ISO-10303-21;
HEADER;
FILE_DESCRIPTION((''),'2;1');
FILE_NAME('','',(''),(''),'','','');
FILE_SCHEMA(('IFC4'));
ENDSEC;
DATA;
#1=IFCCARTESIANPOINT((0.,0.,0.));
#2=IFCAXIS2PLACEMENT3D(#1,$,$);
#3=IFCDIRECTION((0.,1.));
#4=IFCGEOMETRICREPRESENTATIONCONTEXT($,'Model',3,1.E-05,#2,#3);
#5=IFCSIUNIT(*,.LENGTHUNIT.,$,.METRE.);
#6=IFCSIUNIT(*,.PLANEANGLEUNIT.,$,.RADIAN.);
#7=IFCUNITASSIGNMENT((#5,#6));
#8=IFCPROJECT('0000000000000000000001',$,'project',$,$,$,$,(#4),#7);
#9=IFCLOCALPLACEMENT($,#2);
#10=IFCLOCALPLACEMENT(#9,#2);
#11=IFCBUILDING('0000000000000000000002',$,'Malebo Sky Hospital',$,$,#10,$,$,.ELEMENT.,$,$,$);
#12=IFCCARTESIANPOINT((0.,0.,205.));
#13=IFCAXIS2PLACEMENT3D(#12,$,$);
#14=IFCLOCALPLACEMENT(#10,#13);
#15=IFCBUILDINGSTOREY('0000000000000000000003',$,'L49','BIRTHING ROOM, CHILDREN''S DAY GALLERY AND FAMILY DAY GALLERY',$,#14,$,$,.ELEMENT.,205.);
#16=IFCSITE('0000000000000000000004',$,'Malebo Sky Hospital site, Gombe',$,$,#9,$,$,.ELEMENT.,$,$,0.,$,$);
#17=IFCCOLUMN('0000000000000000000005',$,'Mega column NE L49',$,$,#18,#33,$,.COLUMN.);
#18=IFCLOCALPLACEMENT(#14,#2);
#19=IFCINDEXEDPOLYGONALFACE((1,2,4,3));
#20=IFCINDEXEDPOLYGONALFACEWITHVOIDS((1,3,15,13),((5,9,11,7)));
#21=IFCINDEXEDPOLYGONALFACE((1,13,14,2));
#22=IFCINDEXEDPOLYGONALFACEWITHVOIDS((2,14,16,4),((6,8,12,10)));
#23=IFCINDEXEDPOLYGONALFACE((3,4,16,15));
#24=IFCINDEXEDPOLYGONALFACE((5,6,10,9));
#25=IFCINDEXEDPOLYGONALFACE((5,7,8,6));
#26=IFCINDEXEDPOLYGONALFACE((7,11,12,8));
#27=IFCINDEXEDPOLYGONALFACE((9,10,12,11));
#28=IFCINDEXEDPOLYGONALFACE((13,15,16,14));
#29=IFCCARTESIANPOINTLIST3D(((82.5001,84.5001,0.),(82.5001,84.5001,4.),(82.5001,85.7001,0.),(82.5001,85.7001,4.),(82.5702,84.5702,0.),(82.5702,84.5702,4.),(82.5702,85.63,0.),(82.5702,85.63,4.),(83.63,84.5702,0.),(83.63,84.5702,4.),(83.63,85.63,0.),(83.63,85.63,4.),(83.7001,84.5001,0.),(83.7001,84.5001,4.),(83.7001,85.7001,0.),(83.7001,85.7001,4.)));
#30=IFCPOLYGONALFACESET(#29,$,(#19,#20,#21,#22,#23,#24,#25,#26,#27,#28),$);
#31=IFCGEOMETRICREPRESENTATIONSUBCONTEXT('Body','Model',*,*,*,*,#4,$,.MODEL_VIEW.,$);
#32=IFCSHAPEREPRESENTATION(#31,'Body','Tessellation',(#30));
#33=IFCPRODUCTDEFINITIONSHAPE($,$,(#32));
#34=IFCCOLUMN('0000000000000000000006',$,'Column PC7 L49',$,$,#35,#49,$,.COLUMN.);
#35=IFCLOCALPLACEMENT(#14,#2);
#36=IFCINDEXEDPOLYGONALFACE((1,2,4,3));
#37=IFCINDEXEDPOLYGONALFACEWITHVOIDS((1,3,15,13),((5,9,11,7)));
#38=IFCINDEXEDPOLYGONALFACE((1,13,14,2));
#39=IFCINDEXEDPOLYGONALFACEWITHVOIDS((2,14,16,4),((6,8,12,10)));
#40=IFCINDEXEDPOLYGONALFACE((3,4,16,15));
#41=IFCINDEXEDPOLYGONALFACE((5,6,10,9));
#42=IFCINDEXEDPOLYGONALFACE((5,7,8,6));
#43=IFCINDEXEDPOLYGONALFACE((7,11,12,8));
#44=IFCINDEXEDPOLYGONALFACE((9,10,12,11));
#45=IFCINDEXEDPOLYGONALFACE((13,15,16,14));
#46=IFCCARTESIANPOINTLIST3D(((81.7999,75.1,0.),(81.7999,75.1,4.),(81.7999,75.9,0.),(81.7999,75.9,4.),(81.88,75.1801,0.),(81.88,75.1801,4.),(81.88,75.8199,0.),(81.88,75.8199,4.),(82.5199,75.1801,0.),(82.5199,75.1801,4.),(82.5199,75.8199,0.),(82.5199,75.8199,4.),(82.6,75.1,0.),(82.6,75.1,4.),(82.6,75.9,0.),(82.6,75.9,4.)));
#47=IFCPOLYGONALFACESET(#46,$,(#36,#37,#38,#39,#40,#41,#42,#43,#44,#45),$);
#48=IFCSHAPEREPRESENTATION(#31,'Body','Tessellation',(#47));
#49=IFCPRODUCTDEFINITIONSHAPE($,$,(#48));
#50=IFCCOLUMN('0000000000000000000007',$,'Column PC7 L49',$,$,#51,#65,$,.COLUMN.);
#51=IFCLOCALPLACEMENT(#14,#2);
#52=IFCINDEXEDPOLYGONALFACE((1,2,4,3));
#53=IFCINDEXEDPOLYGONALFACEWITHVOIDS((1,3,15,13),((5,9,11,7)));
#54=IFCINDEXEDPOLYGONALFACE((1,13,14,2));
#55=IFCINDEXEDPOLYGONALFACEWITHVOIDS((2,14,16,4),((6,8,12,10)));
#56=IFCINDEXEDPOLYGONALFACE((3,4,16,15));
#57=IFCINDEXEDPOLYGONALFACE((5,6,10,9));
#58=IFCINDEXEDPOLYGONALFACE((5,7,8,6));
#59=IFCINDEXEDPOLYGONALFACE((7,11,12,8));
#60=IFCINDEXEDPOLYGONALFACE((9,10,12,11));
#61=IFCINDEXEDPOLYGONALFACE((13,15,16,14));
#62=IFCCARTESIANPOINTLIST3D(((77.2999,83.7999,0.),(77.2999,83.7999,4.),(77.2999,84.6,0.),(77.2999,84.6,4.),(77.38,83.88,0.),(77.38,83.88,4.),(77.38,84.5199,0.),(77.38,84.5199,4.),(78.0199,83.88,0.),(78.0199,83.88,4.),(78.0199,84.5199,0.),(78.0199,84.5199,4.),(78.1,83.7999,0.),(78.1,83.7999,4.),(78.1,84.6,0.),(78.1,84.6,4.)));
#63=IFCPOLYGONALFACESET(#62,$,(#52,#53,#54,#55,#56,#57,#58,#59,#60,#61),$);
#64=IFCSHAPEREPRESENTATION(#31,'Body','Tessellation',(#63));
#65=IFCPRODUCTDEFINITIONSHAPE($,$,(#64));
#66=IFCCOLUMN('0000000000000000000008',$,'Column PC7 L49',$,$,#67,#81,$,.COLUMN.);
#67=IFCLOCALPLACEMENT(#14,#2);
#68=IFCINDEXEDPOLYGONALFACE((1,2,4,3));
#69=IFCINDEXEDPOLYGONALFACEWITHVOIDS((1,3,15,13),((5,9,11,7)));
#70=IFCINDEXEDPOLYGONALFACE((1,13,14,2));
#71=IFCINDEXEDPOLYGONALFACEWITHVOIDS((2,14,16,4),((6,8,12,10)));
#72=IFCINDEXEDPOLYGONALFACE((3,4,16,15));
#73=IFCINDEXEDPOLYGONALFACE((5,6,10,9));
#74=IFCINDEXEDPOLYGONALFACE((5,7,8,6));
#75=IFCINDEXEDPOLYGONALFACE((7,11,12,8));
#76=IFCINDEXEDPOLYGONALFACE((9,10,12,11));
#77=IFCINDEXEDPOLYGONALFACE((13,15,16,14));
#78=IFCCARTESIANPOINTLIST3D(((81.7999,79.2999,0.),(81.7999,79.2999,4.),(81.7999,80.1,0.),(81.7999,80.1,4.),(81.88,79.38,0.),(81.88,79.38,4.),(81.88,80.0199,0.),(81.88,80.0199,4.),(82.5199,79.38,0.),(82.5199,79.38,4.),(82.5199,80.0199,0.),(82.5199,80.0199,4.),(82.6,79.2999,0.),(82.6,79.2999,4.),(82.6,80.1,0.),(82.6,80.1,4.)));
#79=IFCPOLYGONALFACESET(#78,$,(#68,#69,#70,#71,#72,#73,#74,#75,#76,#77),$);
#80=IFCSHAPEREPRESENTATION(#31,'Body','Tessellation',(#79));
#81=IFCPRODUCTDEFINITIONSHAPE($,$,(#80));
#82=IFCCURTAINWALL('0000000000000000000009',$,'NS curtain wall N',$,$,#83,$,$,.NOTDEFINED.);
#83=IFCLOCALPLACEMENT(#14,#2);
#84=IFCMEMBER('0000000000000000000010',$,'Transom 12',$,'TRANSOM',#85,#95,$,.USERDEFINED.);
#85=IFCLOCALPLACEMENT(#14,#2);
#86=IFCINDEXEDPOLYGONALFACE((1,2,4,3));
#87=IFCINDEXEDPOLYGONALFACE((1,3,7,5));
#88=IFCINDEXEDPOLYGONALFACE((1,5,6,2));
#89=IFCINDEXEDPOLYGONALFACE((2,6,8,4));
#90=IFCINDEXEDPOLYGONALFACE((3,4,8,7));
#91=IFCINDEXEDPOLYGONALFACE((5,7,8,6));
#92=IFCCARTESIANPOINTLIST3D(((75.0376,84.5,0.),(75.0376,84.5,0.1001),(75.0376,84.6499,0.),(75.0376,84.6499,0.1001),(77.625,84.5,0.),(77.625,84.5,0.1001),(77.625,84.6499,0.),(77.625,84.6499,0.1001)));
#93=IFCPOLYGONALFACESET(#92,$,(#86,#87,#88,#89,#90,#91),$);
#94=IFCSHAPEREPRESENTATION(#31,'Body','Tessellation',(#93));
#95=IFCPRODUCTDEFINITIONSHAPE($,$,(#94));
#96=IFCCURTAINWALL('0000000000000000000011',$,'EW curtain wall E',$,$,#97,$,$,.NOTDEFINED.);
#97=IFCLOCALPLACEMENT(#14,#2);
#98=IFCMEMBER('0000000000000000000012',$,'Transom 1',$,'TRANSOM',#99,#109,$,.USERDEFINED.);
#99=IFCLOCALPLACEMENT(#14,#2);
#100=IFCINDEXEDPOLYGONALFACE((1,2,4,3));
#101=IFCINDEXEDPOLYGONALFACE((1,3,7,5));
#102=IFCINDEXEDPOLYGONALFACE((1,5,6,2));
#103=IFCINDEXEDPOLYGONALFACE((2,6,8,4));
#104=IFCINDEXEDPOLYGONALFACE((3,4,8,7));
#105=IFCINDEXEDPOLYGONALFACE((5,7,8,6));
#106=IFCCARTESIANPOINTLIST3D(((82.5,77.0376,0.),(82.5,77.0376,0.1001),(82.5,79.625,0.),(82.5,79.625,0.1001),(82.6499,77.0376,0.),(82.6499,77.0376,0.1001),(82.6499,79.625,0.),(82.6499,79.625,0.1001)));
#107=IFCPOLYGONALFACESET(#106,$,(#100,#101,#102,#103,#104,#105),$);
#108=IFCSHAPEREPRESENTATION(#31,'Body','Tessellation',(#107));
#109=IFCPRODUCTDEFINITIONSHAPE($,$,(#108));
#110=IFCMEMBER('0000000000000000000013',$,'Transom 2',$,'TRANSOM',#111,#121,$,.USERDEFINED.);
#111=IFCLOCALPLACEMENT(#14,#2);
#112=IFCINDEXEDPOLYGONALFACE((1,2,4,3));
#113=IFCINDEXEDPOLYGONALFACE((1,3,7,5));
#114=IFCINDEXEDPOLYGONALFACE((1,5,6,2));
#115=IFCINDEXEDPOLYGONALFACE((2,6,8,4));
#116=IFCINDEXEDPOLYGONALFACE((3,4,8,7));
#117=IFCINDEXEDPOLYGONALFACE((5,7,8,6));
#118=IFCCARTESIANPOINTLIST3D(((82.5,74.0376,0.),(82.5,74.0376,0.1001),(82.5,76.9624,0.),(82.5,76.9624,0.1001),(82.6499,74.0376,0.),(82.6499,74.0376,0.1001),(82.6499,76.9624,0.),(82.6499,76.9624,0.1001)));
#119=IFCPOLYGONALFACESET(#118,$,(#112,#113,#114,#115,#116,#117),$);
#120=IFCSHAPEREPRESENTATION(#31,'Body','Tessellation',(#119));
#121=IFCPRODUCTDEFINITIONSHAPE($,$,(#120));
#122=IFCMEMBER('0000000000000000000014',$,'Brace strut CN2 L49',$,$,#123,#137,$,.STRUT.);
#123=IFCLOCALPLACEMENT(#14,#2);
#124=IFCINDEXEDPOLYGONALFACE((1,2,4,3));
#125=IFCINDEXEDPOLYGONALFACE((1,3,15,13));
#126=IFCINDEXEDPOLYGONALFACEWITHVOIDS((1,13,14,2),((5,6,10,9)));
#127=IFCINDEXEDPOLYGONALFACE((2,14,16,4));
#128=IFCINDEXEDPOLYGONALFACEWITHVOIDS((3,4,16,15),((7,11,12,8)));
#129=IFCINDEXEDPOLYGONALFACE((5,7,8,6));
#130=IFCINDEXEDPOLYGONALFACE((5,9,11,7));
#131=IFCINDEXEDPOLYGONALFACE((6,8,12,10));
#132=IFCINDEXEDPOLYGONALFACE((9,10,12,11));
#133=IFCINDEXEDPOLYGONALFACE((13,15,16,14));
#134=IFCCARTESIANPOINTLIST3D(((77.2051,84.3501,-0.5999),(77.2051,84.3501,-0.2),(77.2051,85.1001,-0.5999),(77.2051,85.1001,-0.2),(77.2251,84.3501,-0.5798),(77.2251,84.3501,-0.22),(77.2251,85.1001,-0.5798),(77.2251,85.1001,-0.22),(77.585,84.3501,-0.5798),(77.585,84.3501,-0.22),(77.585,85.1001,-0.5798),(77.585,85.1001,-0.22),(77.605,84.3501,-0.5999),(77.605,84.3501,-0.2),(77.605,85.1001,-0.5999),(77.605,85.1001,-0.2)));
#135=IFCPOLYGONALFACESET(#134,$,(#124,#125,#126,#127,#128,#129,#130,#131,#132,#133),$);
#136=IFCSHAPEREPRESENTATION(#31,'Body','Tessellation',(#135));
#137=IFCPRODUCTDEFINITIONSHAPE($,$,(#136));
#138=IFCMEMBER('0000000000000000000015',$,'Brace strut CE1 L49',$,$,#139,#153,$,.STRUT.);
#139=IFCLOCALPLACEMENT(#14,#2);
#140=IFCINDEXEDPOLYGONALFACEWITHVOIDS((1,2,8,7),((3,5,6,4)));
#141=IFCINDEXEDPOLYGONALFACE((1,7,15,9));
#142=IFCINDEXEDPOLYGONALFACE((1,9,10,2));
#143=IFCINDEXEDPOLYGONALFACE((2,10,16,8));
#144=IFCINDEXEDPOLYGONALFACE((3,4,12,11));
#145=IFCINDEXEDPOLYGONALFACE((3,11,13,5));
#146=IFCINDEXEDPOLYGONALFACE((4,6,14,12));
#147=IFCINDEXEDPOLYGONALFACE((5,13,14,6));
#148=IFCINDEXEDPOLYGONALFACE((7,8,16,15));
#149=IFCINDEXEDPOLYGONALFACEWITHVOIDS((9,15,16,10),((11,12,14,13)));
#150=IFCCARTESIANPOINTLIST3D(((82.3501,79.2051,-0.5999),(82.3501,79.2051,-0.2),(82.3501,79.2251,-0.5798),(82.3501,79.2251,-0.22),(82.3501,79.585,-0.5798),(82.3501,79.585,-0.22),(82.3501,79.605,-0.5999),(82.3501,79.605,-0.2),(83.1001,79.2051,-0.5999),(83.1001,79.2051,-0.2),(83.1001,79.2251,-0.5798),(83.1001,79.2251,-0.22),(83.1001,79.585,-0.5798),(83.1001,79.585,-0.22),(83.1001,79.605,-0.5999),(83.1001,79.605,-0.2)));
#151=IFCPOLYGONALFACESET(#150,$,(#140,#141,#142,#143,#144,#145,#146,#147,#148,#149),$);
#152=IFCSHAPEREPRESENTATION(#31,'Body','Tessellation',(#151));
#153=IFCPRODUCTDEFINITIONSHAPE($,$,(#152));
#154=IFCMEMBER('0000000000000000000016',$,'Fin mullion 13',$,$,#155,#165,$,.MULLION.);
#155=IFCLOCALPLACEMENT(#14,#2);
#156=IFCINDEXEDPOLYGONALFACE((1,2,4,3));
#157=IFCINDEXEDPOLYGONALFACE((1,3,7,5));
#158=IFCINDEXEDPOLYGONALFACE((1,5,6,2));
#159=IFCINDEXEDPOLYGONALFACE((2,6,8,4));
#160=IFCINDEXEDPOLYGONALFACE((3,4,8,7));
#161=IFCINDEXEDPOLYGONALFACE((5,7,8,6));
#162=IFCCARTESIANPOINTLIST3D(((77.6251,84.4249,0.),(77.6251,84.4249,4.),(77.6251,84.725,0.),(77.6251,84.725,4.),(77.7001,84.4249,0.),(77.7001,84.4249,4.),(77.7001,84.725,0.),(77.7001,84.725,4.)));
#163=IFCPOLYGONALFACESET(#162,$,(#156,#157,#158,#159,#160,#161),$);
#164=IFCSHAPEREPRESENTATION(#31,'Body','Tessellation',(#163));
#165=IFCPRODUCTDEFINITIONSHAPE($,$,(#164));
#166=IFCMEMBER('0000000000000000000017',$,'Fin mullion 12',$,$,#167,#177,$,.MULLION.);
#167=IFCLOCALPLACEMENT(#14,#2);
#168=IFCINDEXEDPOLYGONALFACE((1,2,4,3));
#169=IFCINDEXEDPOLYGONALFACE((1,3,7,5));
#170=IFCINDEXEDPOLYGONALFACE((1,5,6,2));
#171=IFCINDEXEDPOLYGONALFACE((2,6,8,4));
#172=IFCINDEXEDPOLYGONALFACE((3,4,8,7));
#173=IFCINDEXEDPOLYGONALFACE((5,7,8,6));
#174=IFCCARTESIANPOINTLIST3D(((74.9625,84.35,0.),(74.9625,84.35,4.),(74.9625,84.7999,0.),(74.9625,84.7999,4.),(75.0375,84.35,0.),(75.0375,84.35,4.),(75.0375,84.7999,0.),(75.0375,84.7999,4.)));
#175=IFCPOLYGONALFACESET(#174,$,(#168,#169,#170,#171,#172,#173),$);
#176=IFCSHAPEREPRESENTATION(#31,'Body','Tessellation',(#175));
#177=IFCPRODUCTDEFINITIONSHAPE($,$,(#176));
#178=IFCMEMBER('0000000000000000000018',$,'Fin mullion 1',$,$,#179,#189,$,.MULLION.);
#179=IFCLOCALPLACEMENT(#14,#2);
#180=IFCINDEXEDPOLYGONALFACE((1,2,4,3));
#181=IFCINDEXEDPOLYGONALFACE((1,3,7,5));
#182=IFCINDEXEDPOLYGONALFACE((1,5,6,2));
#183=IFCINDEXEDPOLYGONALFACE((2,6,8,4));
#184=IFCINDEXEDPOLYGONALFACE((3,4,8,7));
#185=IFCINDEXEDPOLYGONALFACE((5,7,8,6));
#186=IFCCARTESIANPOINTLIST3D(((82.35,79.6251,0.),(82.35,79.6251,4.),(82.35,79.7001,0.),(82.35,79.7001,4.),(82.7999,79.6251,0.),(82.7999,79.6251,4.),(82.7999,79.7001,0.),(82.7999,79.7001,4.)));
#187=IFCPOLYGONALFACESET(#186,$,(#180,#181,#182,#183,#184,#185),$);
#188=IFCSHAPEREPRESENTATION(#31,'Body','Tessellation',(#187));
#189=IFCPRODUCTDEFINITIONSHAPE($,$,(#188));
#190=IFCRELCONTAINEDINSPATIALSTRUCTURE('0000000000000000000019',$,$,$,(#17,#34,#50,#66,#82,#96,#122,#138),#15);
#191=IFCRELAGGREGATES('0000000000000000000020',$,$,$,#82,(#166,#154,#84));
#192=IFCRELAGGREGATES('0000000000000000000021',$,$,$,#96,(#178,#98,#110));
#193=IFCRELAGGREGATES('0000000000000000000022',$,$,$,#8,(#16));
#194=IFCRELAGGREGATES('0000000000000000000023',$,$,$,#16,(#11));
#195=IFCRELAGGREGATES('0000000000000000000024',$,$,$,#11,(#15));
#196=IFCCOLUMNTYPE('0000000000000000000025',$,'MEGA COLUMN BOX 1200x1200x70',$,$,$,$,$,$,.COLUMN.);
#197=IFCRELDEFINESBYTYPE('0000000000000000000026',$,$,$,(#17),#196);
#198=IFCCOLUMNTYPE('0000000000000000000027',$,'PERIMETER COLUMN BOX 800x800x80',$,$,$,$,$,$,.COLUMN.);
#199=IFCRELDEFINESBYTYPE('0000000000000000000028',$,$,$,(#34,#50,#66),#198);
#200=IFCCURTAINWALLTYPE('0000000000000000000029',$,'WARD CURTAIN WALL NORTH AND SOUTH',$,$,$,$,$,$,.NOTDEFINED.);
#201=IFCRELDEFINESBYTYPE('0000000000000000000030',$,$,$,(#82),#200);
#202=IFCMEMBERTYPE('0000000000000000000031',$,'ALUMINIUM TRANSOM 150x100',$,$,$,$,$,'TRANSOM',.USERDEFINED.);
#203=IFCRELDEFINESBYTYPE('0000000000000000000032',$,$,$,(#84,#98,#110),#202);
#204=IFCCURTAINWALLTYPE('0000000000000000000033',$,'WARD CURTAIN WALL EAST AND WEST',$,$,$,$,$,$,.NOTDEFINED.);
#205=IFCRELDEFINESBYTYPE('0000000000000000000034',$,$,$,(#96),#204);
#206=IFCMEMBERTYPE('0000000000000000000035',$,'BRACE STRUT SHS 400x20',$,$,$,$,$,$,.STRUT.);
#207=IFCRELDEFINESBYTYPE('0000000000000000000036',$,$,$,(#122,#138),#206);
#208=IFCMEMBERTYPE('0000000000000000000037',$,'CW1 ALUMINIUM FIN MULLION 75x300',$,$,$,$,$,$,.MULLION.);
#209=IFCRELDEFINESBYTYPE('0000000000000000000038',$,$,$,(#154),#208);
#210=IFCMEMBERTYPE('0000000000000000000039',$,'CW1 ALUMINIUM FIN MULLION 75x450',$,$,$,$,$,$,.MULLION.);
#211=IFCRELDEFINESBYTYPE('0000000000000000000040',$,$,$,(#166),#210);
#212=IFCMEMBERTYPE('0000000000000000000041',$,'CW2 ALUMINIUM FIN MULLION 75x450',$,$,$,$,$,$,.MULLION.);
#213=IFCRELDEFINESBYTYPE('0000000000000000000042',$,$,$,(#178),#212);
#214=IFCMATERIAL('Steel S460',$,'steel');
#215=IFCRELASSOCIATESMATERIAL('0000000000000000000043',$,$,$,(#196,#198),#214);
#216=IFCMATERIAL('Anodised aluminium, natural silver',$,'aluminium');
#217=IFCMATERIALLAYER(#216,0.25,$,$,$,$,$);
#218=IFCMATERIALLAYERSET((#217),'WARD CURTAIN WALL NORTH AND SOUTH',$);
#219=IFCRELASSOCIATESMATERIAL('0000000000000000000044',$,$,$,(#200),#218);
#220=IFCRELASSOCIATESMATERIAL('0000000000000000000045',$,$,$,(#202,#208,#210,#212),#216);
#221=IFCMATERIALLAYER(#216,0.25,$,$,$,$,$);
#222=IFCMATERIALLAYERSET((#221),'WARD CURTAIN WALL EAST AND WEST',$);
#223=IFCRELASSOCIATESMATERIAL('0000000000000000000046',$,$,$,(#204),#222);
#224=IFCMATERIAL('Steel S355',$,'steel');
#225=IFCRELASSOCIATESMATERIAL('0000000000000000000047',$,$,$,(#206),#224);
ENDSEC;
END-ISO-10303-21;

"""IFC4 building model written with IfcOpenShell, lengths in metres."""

from ifc_helpers import new_model, si_unit, direction, frame, origin, origin_2d, place, context, subcontext, project, spatial, rectangle, hollow_rectangle, extrude, material, layer, layer_set, material_profile, profile_set, type_object, element, aggregate, save


model = new_model("IFC4")

# Units and contexts
model_context = context("Model", 3, precision=1e-05, world=origin(), true_north=direction((0.0, 1.0)))
body_context = subcontext(model_context, "Body", "Model", "MODEL_VIEW")
ifc_project = project(units=[si_unit("LENGTHUNIT", "METRE"), si_unit("PLANEANGLEUNIT", "RADIAN")], contexts=[model_context])

# Site, building, storey
site_placement = place(None, origin())
site = spatial("IfcSite", under=ifc_project, at=site_placement, Name="Malebo Sky Hospital site, Gombe", CompositionType="ELEMENT", RefElevation=0.0)
building_placement = place(site_placement, origin())
building = spatial("IfcBuilding", under=site, at=building_placement, Name="Malebo Sky Hospital", CompositionType="ELEMENT")
storey_placement = place(building_placement, frame((0.0, 0.0, 205.0)))
storey = spatial("IfcBuildingStorey", under=building, at=storey_placement, Name="L49", Description="BIRTHING ROOM, CHILDREN'S DAY GALLERY AND FAMILY DAY GALLERY", CompositionType="ELEMENT", Elevation=205.0)

# Columns
ifc_material_1 = material(Name="Steel S460", Category="steel")
ifc_material_profile_1 = material_profile(ifc_material_1, hollow_rectangle(XDim=1.2, YDim=1.2, WallThickness=0.0701, at=origin_2d()), Name="BOX 1200x1200x70")
ifc_profile_set_1 = profile_set([ifc_material_profile_1], Name="Steel S460")
column_type_1 = type_object("IfcColumnType", Name="MEGA COLUMN BOX 1200x1200x70", PredefinedType="COLUMN", material=ifc_profile_set_1)
column_placement = place(storey_placement, frame((83.1001, 85.1001, 0.0), z_axis=(0.0, 0.0, 1.0), x_axis=(1.0, 0.0, 0.0)))
element("IfcColumn", 1, at=column_placement, inside=storey, type_object=column_type_1, Name="Mega column NE L49", PredefinedType="COLUMN", context=body_context, shape_type="SweptSolid", body=[
    extrude(hollow_rectangle(XDim=1.2, YDim=1.2, WallThickness=0.0701, at=origin_2d()), origin(), (0.0, 0.0, 1.0), 4.0),
])
ifc_material_profile_2 = material_profile(ifc_material_1, hollow_rectangle(XDim=0.8, YDim=0.8, WallThickness=0.0801, at=origin_2d()), Name="BOX 800x800x80")
ifc_profile_set_2 = profile_set([ifc_material_profile_2], Name="Steel S460")
column_type_2 = type_object("IfcColumnType", Name="PERIMETER COLUMN BOX 800x800x80", PredefinedType="COLUMN", material=ifc_profile_set_2)
for number, where, z_axis, x_axis, name in (
    (2, (82.2, 75.5, 0.0), (0.0, 0.0, 1.0), (1.0, 0.0, 0.0), "Column PC7 L49"),
    (3, (77.7, 84.2, 0.0), (0.0, 0.0, 1.0), (1.0, 0.0, 0.0), "Column PC7 L49"),
    (4, (82.2, 79.7, 0.0), (0.0, 0.0, 1.0), (1.0, 0.0, 0.0), "Column PC7 L49"),
):
    element("IfcColumn", number, at=place(storey_placement, frame(where, z_axis=z_axis, x_axis=x_axis)), inside=storey, type_object=column_type_2, Name=name, PredefinedType="COLUMN", context=body_context, shape_type="SweptSolid", body=[
        extrude(hollow_rectangle(XDim=0.8, YDim=0.8, WallThickness=0.0801, at=origin_2d()), origin(), (0.0, 0.0, 1.0), 4.0),
    ])

# Curtain wall, member
ifc_material_2 = material(Name="Anodised aluminium, natural silver", Category="aluminium")
ifc_layer_1 = layer(ifc_material_2, 0.25)
ifc_layer_set_1 = layer_set([ifc_layer_1], Name="WARD CURTAIN WALL NORTH AND SOUTH")
curtain_wall_type_1 = type_object("IfcCurtainWallType", Name="WARD CURTAIN WALL NORTH AND SOUTH", PredefinedType="NOTDEFINED", material=ifc_layer_set_1)
curtain_wall_1_placement = place(storey_placement, origin())
curtain_wall_1 = element("IfcCurtainWall", 5, at=curtain_wall_1_placement, inside=storey, type_object=curtain_wall_type_1, Name="NS curtain wall N", PredefinedType="NOTDEFINED")
ifc_material_profile_3 = material_profile(ifc_material_2, rectangle(XDim=0.1499, YDim=0.1001, at=origin_2d()), Name="ALUMINIUM TRANSOM 150x100")
ifc_profile_set_3 = profile_set([ifc_material_profile_3], Name="Anodised aluminium, natural silver")
member_type_1 = type_object("IfcMemberType", Name="ALUMINIUM TRANSOM 150x100", ElementType="TRANSOM", PredefinedType="USERDEFINED", material=ifc_profile_set_3)
member_1_placement = place(storey_placement, frame((75.0376, 84.575, 0.05), z_axis=(1.0, 0.0, 0.0), x_axis=(0.0, 1.0, 0.0)))
member_1 = element("IfcMember", 6, at=member_1_placement, type_object=member_type_1, Name="Transom 12", ObjectType="TRANSOM", PredefinedType="USERDEFINED", context=body_context, shape_type="SweptSolid", body=[
    extrude(rectangle(XDim=0.1499, YDim=0.1001, at=origin_2d()), origin(), (0.0, 0.0, 1.0), 2.5874),
])

# Curtain wall, members
ifc_layer_2 = layer(ifc_material_2, 0.25)
ifc_layer_set_2 = layer_set([ifc_layer_2], Name="WARD CURTAIN WALL EAST AND WEST")
curtain_wall_type_2 = type_object("IfcCurtainWallType", Name="WARD CURTAIN WALL EAST AND WEST", PredefinedType="NOTDEFINED", material=ifc_layer_set_2)
curtain_wall_2_placement = place(storey_placement, origin())
curtain_wall_2 = element("IfcCurtainWall", 7, at=curtain_wall_2_placement, inside=storey, type_object=curtain_wall_type_2, Name="EW curtain wall E", PredefinedType="NOTDEFINED")
member_2_placement = place(storey_placement, frame((82.575, 79.625, 0.05), z_axis=(0.0, -1.0, 0.0), x_axis=(1.0, 0.0, 0.0)))
member_2 = element("IfcMember", 8, at=member_2_placement, type_object=member_type_1, Name="Transom 1", ObjectType="TRANSOM", PredefinedType="USERDEFINED", context=body_context, shape_type="SweptSolid", body=[
    extrude(rectangle(XDim=0.1499, YDim=0.1001, at=origin_2d()), origin(), (0.0, 0.0, 1.0), 2.5874),
])
member_3_placement = place(storey_placement, frame((82.575, 76.9624, 0.05), z_axis=(0.0, -1.0, 0.0), x_axis=(1.0, 0.0, 0.0)))
member_3 = element("IfcMember", 9, at=member_3_placement, type_object=member_type_1, Name="Transom 2", ObjectType="TRANSOM", PredefinedType="USERDEFINED", context=body_context, shape_type="SweptSolid", body=[
    extrude(rectangle(XDim=0.1499, YDim=0.1001, at=origin_2d()), origin(), (0.0, 0.0, 1.0), 2.9248),
])

# Members
ifc_material_3 = material(Name="Steel S355", Category="steel")
ifc_material_profile_4 = material_profile(ifc_material_3, hollow_rectangle(XDim=0.3999, YDim=0.3999, WallThickness=0.02, at=origin_2d()), Name="SHS 400x20")
ifc_profile_set_4 = profile_set([ifc_material_profile_4], Name="Steel S355")
member_type_2 = type_object("IfcMemberType", Name="BRACE STRUT SHS 400x20", PredefinedType="STRUT", material=ifc_profile_set_4)
for number, where, z_axis, x_axis, name in (
    (10, (77.405, 85.1001, -0.3999), (0.0, -1.0, 0.0), (1.0, 0.0, 0.0), "Brace strut CN2 L49"),
    (11, (83.1001, 79.405, -0.3999), (-1.0, 0.0, 0.0), (0.0, -1.0, 0.0), "Brace strut CE1 L49"),
):
    element("IfcMember", number, at=place(storey_placement, frame(where, z_axis=z_axis, x_axis=x_axis)), inside=storey, type_object=member_type_2, Name=name, PredefinedType="STRUT", context=body_context, shape_type="SweptSolid", body=[
        extrude(hollow_rectangle(XDim=0.3999, YDim=0.3999, WallThickness=0.02, at=origin_2d()), origin(), (0.0, 0.0, 1.0), 0.75),
    ])

# Members
ifc_material_profile_5 = material_profile(ifc_material_2, rectangle(XDim=0.075, YDim=0.3, at=origin_2d()), Name="CW1 ALUMINIUM FIN MULLION 75x300")
ifc_profile_set_5 = profile_set([ifc_material_profile_5], Name="Anodised aluminium, natural silver")
member_type_3 = type_object("IfcMemberType", Name="CW1 ALUMINIUM FIN MULLION 75x300", PredefinedType="MULLION", material=ifc_profile_set_5)
member_4_placement = place(storey_placement, frame((77.6626, 84.575, 0.0), z_axis=(0.0, 0.0, 1.0), x_axis=(1.0, 0.0, 0.0)))
member_4 = element("IfcMember", 12, at=member_4_placement, type_object=member_type_3, Name="Fin mullion 13", PredefinedType="MULLION", context=body_context, shape_type="SweptSolid", body=[
    extrude(rectangle(XDim=0.075, YDim=0.3, at=origin_2d()), origin(), (0.0, 0.0, 1.0), 4.0),
])
ifc_material_profile_6 = material_profile(ifc_material_2, rectangle(XDim=0.075, YDim=0.45, at=origin_2d()), Name="CW1 ALUMINIUM FIN MULLION 75x450")
ifc_profile_set_6 = profile_set([ifc_material_profile_6], Name="Anodised aluminium, natural silver")
member_type_4 = type_object("IfcMemberType", Name="CW1 ALUMINIUM FIN MULLION 75x450", PredefinedType="MULLION", material=ifc_profile_set_6)
member_5_placement = place(storey_placement, frame((75.0, 84.575, 0.0), z_axis=(0.0, 0.0, 1.0), x_axis=(1.0, 0.0, 0.0)))
member_5 = element("IfcMember", 13, at=member_5_placement, type_object=member_type_4, Name="Fin mullion 12", PredefinedType="MULLION", context=body_context, shape_type="SweptSolid", body=[
    extrude(rectangle(XDim=0.075, YDim=0.45, at=origin_2d()), origin(), (0.0, 0.0, 1.0), 4.0),
])
ifc_material_profile_7 = material_profile(ifc_material_2, rectangle(XDim=0.075, YDim=0.45, at=origin_2d()), Name="CW2 ALUMINIUM FIN MULLION 75x450")
ifc_profile_set_7 = profile_set([ifc_material_profile_7], Name="Anodised aluminium, natural silver")
member_type_5 = type_object("IfcMemberType", Name="CW2 ALUMINIUM FIN MULLION 75x450", PredefinedType="MULLION", material=ifc_profile_set_7)
member_6_placement = place(storey_placement, frame((82.575, 79.6626, 0.0), z_axis=(0.0, 0.0, 1.0), x_axis=(0.0, -1.0, 0.0)))
member_6 = element("IfcMember", 14, at=member_6_placement, type_object=member_type_5, Name="Fin mullion 1", PredefinedType="MULLION", context=body_context, shape_type="SweptSolid", body=[
    extrude(rectangle(XDim=0.075, YDim=0.45, at=origin_2d()), origin(), (0.0, 0.0, 1.0), 4.0),
])

aggregate(curtain_wall_1, [member_5, member_4, member_1])
aggregate(curtain_wall_2, [member_6, member_2, member_3])

save(model, "model.ifc")
